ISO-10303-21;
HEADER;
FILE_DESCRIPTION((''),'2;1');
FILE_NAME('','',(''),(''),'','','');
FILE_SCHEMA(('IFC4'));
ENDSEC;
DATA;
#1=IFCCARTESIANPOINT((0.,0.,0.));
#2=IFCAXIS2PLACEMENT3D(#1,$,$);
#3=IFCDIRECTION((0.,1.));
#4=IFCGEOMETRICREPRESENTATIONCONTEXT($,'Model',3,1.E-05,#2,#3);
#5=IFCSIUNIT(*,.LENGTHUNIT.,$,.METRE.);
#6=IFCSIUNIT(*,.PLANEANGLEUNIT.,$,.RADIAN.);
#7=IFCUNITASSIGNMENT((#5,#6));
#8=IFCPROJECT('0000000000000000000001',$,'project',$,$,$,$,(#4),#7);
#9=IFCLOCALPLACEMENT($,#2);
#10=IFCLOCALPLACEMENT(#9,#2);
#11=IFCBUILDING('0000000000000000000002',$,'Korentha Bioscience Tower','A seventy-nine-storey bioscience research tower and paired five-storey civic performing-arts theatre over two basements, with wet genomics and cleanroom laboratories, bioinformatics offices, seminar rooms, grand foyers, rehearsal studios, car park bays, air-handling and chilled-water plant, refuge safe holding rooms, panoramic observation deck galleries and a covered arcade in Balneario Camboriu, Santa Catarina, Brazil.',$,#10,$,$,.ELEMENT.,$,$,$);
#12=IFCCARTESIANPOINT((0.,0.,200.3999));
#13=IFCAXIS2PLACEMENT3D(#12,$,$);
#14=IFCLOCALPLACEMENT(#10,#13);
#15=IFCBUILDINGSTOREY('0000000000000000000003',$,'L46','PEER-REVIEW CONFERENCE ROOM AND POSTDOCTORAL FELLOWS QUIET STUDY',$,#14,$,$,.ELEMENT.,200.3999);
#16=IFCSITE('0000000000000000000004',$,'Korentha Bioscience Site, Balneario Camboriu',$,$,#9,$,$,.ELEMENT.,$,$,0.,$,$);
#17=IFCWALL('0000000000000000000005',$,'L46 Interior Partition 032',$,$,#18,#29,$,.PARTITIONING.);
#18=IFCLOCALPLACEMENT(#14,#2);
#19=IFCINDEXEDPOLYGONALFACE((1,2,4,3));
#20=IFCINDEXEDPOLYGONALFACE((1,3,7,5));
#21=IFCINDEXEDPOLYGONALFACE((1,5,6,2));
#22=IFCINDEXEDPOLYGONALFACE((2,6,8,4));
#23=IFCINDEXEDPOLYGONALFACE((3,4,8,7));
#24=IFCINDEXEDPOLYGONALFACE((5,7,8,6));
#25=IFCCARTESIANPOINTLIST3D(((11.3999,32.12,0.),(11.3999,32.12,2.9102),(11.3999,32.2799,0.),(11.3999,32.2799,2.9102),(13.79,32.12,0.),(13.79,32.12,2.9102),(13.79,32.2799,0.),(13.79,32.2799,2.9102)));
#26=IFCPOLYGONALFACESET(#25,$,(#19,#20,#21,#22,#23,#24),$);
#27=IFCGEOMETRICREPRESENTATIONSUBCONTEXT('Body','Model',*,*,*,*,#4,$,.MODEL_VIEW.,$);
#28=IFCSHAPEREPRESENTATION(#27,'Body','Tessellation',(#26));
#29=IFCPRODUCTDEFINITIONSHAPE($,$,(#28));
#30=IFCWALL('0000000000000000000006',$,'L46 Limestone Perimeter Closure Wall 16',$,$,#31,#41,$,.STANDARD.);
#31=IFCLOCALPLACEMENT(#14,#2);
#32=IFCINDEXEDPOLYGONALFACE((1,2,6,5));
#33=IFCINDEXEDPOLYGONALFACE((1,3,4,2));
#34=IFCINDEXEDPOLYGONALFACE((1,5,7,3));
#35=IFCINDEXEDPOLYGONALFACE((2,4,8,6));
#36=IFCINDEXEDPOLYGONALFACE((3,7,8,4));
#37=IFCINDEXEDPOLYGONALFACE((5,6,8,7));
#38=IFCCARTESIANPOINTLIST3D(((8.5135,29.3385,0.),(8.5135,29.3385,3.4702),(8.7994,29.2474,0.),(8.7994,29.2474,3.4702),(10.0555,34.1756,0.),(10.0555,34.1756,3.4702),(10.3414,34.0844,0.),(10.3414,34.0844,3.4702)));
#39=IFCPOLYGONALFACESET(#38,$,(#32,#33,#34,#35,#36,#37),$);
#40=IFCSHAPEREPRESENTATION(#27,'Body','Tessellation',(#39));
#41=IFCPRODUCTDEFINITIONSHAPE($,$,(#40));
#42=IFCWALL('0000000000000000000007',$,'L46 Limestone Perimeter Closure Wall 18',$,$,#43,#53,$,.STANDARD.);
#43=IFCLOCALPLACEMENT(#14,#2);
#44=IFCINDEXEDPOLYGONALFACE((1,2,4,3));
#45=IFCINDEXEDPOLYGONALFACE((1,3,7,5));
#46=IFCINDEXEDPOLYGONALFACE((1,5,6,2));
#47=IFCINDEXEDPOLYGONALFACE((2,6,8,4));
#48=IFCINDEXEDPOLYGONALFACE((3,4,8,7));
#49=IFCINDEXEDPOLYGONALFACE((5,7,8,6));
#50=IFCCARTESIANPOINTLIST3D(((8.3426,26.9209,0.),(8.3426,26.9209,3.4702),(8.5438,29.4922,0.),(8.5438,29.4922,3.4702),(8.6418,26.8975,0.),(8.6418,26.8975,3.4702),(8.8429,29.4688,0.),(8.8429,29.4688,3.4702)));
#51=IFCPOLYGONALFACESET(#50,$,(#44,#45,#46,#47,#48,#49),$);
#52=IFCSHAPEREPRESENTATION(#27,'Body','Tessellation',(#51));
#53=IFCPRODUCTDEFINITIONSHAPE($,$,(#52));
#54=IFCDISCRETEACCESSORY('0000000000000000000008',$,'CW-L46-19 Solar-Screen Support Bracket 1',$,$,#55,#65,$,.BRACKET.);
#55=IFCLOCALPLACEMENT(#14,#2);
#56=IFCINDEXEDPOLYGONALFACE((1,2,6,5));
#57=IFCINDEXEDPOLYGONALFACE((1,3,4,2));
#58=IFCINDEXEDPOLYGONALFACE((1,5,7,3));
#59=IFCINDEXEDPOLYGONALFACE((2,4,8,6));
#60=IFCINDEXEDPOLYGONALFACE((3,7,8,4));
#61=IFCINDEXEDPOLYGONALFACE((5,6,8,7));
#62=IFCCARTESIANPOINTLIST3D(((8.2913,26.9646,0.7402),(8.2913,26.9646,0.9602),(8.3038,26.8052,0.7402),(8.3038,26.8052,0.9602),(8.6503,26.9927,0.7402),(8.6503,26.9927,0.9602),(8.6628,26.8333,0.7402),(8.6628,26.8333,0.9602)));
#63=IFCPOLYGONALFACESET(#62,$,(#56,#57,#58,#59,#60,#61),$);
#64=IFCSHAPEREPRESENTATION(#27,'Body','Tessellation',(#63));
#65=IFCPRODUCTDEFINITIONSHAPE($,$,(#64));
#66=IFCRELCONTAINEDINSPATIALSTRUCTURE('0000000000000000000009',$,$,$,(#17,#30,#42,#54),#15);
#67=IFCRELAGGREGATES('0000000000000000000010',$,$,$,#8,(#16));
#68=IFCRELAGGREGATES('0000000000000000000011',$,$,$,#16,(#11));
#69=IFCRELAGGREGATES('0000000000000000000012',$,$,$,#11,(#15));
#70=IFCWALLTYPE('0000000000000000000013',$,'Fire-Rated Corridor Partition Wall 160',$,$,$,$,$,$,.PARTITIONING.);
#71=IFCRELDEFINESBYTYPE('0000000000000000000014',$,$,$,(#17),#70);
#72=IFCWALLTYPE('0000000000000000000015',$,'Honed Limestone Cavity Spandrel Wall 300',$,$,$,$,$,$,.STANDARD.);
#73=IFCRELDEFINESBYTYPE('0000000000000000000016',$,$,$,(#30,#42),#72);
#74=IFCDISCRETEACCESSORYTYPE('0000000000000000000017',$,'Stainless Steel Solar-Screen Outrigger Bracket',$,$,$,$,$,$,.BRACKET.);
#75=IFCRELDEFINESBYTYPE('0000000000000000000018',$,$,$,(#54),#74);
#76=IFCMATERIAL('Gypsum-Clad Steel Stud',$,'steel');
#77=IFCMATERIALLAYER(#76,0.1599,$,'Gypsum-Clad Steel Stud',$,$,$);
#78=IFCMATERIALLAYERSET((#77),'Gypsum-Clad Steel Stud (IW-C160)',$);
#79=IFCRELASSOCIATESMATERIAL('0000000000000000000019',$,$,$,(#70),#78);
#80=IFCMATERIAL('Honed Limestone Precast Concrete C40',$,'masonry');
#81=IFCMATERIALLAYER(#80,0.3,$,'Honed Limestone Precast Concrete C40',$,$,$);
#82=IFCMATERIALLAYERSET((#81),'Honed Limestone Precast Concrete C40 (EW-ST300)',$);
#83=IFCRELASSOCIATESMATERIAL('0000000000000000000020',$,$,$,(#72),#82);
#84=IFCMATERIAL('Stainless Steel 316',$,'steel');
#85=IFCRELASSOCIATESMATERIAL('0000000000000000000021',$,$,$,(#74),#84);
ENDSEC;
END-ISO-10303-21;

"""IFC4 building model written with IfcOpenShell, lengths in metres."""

from ifc_helpers import new_model, si_unit, direction, frame, frame_2d, origin, origin_2d, place, context, subcontext, project, spatial, rectangle, extrude, material, layer, layer_set, type_object, element, save


model = new_model("IFC4")

# Units and contexts
model_context = context("Model", 3, precision=1e-05, world=origin(), true_north=direction((0.0, 1.0)))
body_context = subcontext(model_context, "Body", "Model", "MODEL_VIEW")
ifc_project = project(units=[si_unit("LENGTHUNIT", "METRE"), si_unit("PLANEANGLEUNIT", "RADIAN")], contexts=[model_context])

# Site, building, storey
site_placement = place(None, origin())
site = spatial("IfcSite", under=ifc_project, at=site_placement, Name="Korentha Bioscience Site, Balneario Camboriu", CompositionType="ELEMENT", RefElevation=0.0)
building_placement = place(site_placement, origin())
building = spatial("IfcBuilding", under=site, at=building_placement, Name="Korentha Bioscience Tower", Description="A seventy-nine-storey bioscience research tower and paired five-storey civic performing-arts theatre over two basements, with wet genomics and cleanroom laboratories, bioinformatics offices, seminar rooms, grand foyers, rehearsal studios, car park bays, air-handling and chilled-water plant, refuge safe holding rooms, panoramic observation deck galleries and a covered arcade in Balneario Camboriu, Santa Catarina, Brazil.", CompositionType="ELEMENT")
storey_placement = place(building_placement, frame((0.0, 0.0, 200.3999)))
storey = spatial("IfcBuildingStorey", under=building, at=storey_placement, Name="L46", Description="PEER-REVIEW CONFERENCE ROOM AND POSTDOCTORAL FELLOWS QUIET STUDY", CompositionType="ELEMENT", Elevation=200.3999)

# Shared definitions
ifc_material_1 = material(Name="Gypsum-Clad Steel Stud", Category="steel")
ifc_layer_1 = layer(ifc_material_1, 0.1599, Name="Gypsum-Clad Steel Stud")
ifc_layer_set_1 = layer_set([ifc_layer_1], Name="Gypsum-Clad Steel Stud (IW-C160)")
wall_type_1 = type_object("IfcWallType", Name="Fire-Rated Corridor Partition Wall 160", PredefinedType="PARTITIONING", material=ifc_layer_set_1)

# Walls
wall_1_placement = place(storey_placement, frame((11.3999, 32.2, 0.0), z_axis=(0.0, 0.0, 1.0), x_axis=(1.0, 0.0, 0.0)))
element("IfcWall", 1, at=wall_1_placement, inside=storey, type_object=wall_type_1, Name="L46 Interior Partition 032", PredefinedType="PARTITIONING", context=body_context, shape_type="SweptSolid", body=[
    extrude(rectangle(XDim=2.3901, YDim=0.1599, at=frame_2d((1.1951, 0.0))), origin(), (0.0, 0.0, 1.0), 2.9102),
])
ifc_material_2 = material(Name="Honed Limestone Precast Concrete C40", Category="masonry")
ifc_layer_2 = layer(ifc_material_2, 0.3, Name="Honed Limestone Precast Concrete C40")
ifc_layer_set_2 = layer_set([ifc_layer_2], Name="Honed Limestone Precast Concrete C40 (EW-ST300)")
wall_type_2 = type_object("IfcWallType", Name="Honed Limestone Cavity Spandrel Wall 300", PredefinedType="STANDARD", material=ifc_layer_set_2)
wall_2_placement = place(storey_placement, frame((10.1985, 34.1301, 0.0), z_axis=(0.0, 0.0, 1.0), x_axis=(-0.303722, -0.952761, 0.0)))
element("IfcWall", 2, at=wall_2_placement, inside=storey, type_object=wall_type_2, Name="L46 Limestone Perimeter Closure Wall 16", PredefinedType="STANDARD", context=body_context, shape_type="SweptSolid", body=[
    extrude(rectangle(XDim=5.0769, YDim=0.3, at=frame_2d((2.5386, 0.0))), origin(), (0.0, 0.0, 1.0), 3.4702),
])
wall_3_placement = place(storey_placement, frame((8.6934, 29.4805, 0.0), z_axis=(0.0, 0.0, 1.0), x_axis=(-0.077999, -0.996953, 0.0)))
element("IfcWall", 3, at=wall_3_placement, inside=storey, type_object=wall_type_2, Name="L46 Limestone Perimeter Closure Wall 18", PredefinedType="STANDARD", context=body_context, shape_type="SweptSolid", body=[
    extrude(rectangle(XDim=2.5791, YDim=0.3, at=frame_2d((1.2896, 0.0))), origin(), (0.0, 0.0, 1.0), 3.4702),
])

# Discrete accessory
ifc_material_3 = material(Name="Stainless Steel 316", Category="steel")
discrete_accessory_type = type_object("IfcDiscreteAccessoryType", Name="Stainless Steel Solar-Screen Outrigger Bracket", PredefinedType="BRACKET", material=ifc_material_3)
discrete_accessory_placement = place(storey_placement, frame((8.4771, 26.8989, 0.7402), z_axis=(0.0, 0.0, 1.0), x_axis=(0.077988, -0.996954, 0.0)))
element("IfcDiscreteAccessory", 4, at=discrete_accessory_placement, inside=storey, type_object=discrete_accessory_type, Name="CW-L46-19 Solar-Screen Support Bracket 1", PredefinedType="BRACKET", context=body_context, shape_type="SweptSolid", body=[
    extrude(rectangle(XDim=0.1599, YDim=0.3601, at=origin_2d()), origin(), (0.0, 0.0, 1.0), 0.22),
])

save(model, "model.ifc")
